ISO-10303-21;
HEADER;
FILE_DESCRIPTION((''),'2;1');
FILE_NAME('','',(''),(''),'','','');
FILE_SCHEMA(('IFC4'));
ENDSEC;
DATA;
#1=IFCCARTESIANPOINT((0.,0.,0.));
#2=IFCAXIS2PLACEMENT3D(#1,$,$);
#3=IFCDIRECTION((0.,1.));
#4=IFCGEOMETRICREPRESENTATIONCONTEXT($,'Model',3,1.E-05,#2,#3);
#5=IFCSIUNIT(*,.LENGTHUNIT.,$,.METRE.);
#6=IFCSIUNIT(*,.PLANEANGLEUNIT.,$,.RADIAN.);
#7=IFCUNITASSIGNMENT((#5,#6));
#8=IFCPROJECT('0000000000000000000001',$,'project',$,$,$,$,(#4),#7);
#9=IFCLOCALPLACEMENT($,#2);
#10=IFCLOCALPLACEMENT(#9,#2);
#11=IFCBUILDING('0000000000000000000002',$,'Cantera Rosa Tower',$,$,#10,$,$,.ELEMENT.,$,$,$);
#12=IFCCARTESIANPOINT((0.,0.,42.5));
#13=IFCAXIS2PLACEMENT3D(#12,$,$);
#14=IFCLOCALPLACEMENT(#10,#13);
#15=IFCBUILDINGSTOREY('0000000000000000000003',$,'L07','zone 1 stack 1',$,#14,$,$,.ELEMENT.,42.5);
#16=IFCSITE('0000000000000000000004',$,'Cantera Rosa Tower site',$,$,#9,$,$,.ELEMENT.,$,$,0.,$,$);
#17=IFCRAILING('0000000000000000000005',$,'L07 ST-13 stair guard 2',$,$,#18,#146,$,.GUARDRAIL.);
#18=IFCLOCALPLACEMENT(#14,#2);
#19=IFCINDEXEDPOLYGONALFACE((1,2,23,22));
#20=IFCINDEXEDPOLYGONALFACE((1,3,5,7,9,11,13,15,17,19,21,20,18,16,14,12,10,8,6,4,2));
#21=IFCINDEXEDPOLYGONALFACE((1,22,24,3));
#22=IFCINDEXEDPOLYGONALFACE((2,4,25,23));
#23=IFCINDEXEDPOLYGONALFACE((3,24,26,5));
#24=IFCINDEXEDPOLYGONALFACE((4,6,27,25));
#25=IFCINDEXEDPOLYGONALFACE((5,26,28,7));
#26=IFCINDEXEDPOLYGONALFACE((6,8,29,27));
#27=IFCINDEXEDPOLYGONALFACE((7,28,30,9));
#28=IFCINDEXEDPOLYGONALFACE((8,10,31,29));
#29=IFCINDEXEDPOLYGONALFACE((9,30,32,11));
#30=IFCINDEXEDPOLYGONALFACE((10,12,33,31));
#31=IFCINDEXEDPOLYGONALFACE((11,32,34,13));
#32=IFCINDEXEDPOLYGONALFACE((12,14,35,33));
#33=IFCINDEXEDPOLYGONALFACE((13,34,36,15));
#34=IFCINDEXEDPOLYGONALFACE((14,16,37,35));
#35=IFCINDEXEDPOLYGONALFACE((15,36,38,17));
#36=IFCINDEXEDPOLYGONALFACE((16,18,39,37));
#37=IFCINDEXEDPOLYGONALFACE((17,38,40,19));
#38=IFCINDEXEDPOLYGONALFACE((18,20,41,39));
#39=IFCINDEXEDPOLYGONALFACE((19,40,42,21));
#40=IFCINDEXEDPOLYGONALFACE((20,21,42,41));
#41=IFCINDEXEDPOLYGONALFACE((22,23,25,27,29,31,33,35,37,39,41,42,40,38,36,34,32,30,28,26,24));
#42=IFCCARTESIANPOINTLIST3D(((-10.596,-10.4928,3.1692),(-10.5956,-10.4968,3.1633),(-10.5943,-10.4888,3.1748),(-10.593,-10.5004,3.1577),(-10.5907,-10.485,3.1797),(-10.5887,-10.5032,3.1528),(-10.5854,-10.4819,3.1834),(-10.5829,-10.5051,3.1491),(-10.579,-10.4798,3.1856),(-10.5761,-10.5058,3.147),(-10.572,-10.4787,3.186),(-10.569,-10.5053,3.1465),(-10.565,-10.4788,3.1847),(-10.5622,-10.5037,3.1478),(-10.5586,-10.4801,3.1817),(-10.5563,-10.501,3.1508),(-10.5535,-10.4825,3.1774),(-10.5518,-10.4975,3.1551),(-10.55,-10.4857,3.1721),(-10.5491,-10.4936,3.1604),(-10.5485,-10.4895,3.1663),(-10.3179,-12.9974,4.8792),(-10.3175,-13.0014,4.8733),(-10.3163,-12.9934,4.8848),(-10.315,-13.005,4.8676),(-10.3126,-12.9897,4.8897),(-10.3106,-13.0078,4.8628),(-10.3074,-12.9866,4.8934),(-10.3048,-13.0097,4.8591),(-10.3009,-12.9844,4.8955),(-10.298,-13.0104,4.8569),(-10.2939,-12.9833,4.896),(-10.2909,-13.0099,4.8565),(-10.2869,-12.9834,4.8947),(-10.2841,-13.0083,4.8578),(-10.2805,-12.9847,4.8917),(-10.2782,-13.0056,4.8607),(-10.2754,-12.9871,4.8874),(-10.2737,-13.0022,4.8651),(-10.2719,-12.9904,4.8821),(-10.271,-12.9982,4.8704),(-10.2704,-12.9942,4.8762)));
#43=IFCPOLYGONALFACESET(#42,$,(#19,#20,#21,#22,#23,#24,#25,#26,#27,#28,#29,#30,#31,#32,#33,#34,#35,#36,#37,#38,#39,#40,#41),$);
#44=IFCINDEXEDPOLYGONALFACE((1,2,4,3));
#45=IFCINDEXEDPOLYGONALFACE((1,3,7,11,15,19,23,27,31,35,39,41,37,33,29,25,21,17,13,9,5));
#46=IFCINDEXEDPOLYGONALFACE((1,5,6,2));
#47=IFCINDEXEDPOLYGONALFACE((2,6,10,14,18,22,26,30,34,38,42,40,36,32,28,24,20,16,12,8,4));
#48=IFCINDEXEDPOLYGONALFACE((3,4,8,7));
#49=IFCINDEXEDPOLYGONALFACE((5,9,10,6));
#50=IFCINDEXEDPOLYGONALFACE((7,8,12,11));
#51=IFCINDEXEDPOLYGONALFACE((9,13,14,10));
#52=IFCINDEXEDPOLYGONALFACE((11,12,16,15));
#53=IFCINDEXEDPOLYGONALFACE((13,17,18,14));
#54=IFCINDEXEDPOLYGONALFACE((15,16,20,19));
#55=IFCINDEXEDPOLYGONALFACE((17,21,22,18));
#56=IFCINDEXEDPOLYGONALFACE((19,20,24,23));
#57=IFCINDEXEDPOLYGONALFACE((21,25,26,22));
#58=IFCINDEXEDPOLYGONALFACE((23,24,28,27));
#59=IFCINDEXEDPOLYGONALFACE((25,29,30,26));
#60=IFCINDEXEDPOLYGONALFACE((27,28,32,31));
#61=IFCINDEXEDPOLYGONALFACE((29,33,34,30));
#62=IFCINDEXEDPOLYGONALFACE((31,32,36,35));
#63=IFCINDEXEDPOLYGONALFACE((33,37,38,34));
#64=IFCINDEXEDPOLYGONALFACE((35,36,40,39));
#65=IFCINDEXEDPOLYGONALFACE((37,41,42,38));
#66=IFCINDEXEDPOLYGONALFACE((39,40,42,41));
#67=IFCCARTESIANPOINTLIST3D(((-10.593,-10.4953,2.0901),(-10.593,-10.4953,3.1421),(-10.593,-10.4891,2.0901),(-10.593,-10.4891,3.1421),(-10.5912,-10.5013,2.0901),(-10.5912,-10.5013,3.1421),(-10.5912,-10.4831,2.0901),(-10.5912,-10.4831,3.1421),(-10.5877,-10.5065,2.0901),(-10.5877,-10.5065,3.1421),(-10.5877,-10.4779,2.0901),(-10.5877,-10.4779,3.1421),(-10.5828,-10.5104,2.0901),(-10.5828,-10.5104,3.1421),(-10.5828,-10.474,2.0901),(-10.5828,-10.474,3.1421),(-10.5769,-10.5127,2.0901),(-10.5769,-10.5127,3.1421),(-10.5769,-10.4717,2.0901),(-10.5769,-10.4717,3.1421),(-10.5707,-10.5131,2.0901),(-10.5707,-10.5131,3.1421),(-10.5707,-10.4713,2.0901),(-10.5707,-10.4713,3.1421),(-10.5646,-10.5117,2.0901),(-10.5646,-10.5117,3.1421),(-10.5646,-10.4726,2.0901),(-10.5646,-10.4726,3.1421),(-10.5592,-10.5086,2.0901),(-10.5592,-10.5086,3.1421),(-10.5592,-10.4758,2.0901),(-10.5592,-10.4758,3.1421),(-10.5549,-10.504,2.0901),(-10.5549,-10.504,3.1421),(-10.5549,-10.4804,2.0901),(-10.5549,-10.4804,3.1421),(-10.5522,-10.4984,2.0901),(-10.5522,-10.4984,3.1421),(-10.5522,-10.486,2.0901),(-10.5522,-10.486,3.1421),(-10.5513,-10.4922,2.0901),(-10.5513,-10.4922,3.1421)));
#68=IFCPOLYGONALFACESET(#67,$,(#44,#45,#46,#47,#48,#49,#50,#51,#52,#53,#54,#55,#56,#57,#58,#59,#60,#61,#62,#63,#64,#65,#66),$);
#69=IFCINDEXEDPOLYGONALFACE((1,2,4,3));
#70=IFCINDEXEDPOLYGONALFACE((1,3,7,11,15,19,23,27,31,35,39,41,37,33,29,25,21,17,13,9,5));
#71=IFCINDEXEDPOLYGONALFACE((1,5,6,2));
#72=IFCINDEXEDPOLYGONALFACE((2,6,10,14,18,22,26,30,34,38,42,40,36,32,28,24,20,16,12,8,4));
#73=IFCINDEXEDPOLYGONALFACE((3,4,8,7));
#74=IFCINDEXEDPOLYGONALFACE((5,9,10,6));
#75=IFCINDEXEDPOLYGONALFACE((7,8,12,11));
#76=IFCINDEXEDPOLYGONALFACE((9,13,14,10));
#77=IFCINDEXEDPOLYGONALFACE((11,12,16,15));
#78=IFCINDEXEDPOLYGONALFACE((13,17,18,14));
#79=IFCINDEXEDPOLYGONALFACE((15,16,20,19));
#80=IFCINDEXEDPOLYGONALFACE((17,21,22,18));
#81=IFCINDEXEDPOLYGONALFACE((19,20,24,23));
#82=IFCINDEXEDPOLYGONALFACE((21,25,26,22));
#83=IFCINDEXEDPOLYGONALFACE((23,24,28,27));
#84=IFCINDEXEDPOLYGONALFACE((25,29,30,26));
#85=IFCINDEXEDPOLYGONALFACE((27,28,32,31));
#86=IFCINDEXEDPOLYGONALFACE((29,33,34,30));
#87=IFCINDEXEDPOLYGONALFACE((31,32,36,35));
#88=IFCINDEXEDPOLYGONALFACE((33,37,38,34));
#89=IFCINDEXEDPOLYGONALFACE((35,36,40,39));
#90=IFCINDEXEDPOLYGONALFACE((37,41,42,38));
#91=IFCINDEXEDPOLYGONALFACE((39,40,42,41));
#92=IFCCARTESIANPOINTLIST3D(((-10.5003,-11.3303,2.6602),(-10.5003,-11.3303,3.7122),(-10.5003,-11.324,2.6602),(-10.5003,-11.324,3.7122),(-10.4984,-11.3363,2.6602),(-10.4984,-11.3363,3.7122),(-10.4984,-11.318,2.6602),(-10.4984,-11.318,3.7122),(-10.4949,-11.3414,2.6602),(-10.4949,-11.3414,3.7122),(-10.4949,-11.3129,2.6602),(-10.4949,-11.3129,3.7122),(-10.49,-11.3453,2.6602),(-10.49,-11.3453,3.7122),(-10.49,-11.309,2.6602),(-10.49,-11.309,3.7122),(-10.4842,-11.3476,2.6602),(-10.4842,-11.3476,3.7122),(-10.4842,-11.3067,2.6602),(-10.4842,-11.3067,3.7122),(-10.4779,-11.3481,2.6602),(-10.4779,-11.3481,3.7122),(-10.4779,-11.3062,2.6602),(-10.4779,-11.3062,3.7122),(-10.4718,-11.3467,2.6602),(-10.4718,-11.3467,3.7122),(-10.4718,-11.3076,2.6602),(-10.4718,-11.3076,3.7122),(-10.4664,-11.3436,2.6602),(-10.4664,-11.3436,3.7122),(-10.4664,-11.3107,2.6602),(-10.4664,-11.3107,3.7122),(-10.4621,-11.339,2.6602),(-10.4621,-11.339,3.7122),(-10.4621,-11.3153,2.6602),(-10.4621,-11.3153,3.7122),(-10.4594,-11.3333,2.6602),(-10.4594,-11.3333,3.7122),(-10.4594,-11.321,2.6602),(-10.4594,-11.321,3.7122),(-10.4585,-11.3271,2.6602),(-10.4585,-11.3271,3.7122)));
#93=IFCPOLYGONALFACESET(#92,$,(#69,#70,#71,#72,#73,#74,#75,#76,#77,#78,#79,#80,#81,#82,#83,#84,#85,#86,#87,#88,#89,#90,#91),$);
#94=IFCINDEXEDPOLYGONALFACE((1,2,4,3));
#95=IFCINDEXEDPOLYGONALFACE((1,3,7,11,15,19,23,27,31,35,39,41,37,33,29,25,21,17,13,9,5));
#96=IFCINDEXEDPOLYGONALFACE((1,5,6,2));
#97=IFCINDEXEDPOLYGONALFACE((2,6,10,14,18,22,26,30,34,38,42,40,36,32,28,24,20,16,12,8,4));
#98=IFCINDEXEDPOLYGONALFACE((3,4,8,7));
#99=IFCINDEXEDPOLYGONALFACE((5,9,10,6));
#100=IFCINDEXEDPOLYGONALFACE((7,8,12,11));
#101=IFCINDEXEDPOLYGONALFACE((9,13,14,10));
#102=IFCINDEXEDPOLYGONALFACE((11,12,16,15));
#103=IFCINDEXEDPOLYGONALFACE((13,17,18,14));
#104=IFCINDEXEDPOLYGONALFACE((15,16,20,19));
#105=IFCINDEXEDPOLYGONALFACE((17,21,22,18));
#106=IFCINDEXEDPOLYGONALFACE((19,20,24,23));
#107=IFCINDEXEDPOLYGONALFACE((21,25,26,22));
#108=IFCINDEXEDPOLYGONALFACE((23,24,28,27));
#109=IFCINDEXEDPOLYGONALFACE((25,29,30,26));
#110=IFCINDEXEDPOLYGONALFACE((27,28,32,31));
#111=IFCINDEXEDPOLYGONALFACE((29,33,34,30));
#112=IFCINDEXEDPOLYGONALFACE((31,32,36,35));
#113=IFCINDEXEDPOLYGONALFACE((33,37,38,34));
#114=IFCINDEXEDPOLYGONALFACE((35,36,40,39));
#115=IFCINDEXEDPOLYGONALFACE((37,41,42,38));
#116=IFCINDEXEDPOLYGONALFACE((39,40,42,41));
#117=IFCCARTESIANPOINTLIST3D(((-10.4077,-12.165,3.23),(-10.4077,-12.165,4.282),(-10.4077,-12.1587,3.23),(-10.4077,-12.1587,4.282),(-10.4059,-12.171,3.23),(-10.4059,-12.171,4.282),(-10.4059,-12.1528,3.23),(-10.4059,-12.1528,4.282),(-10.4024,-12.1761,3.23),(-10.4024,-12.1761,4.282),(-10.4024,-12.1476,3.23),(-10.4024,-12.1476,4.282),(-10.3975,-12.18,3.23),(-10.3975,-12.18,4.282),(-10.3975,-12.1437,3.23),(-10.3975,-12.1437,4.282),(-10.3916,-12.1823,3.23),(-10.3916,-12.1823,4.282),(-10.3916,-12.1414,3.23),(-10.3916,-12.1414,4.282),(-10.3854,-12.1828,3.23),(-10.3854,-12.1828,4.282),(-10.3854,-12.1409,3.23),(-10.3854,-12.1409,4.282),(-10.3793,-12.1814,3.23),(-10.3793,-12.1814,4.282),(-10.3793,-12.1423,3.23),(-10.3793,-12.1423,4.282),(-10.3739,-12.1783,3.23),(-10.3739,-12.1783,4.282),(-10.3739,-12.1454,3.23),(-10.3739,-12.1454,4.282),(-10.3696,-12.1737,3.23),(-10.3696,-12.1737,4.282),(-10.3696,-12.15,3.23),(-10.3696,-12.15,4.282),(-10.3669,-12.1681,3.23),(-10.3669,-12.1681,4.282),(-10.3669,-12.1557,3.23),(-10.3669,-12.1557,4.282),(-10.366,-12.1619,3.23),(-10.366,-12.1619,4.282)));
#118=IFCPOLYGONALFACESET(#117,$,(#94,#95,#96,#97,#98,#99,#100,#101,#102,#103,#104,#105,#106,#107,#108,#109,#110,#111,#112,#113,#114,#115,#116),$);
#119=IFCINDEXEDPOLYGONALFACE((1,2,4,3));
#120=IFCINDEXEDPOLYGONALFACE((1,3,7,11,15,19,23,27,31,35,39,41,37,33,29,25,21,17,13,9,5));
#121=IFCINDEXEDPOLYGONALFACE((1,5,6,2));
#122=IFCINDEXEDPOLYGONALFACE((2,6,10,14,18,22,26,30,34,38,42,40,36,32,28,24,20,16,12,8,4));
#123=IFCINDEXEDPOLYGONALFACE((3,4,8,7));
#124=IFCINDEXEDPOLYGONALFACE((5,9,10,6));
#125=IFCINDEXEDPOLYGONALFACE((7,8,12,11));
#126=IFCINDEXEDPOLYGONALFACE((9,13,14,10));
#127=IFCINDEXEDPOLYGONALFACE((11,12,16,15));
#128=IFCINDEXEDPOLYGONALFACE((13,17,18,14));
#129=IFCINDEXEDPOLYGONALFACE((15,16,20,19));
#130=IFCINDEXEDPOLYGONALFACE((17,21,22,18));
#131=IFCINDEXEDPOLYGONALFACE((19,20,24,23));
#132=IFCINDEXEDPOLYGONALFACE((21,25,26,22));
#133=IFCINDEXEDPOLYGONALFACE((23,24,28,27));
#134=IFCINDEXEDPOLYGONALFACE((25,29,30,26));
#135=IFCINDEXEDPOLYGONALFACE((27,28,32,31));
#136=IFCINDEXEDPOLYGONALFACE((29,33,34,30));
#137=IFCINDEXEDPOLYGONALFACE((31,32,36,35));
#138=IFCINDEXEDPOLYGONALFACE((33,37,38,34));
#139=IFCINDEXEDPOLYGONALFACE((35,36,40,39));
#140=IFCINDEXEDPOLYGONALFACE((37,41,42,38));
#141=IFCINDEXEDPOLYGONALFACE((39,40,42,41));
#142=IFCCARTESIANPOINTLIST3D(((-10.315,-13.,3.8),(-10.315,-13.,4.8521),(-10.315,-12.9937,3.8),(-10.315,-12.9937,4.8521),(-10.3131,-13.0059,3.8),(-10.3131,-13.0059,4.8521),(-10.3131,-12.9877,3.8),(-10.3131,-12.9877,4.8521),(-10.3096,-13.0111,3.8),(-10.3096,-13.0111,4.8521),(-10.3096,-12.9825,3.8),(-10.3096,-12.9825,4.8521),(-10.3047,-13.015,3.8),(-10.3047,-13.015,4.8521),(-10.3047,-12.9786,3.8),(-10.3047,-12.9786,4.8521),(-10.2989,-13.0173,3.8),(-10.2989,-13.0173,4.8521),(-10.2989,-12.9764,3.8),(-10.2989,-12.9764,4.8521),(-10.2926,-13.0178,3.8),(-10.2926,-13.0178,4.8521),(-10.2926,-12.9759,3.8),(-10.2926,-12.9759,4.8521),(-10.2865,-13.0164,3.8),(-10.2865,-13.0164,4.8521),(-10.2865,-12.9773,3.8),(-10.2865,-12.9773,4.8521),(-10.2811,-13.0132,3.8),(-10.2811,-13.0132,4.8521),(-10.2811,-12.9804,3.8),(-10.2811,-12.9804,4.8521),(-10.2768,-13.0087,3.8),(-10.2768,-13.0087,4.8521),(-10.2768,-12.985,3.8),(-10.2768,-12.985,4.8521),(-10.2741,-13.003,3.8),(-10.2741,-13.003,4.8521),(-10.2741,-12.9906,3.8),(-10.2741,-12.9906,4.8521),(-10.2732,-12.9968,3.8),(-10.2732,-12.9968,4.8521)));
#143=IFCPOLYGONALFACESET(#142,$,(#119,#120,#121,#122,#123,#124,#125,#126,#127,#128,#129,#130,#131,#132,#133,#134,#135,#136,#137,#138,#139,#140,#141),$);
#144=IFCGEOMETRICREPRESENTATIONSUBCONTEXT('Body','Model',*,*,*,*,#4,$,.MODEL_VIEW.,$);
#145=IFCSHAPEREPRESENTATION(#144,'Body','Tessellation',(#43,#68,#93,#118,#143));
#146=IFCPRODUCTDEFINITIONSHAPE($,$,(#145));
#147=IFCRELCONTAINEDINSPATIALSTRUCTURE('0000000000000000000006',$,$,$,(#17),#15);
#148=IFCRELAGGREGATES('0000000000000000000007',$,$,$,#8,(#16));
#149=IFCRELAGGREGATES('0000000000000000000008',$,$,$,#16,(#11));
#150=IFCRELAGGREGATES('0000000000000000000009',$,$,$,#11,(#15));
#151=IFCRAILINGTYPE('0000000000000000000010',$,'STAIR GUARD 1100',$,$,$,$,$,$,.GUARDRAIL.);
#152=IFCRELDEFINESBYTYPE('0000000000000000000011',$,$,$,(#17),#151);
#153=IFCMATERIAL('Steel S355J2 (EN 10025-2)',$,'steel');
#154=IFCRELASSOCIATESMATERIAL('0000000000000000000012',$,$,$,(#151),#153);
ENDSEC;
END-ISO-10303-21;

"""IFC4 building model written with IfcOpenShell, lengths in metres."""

from ifc_helpers import new_model, si_unit, direction, frame, origin, origin_2d, place, context, subcontext, project, spatial, circle, extrude, material, type_object, element, save


model = new_model("IFC4")

# Units and contexts
model_context = context("Model", 3, precision=1e-05, world=origin(), true_north=direction((0.0, 1.0)))
body_context = subcontext(model_context, "Body", "Model", "MODEL_VIEW")
ifc_project = project(units=[si_unit("LENGTHUNIT", "METRE"), si_unit("PLANEANGLEUNIT", "RADIAN")], contexts=[model_context])

# Site, building, storey
site_placement = place(None, origin())
site = spatial("IfcSite", under=ifc_project, at=site_placement, Name="Cantera Rosa Tower site", CompositionType="ELEMENT", RefElevation=0.0)
building_placement = place(site_placement, origin())
building = spatial("IfcBuilding", under=site, at=building_placement, Name="Cantera Rosa Tower", CompositionType="ELEMENT")
storey_placement = place(building_placement, frame((0.0, 0.0, 42.5)))
storey = spatial("IfcBuildingStorey", under=building, at=storey_placement, Name="L07", Description="zone 1 stack 1", CompositionType="ELEMENT", Elevation=42.5)

# Railing
ifc_material_1 = material(Name="Steel S355J2 (EN 10025-2)", Category="steel")
railing_type_1 = type_object("IfcRailingType", Name="STAIR GUARD 1100", PredefinedType="GUARDRAIL", material=ifc_material_1)
railing_1_placement = place(storey_placement, frame((-10.5723, -10.4922, 2.0901)))
element("IfcRailing", 1, at=railing_1_placement, inside=storey, type_object=railing_type_1, Name="L07 ST-13 stair guard 2", PredefinedType="GUARDRAIL", context=body_context, shape_type="SweptSolid", body=[
    extrude(circle(Radius=0.0239, at=origin_2d()), frame((0.0, 0.0, 1.0762), z_axis=(0.09131, -0.822431, 0.561488), x_axis=(0.993893, 0.110346, 0.0)), (0.0, 0.0, 1.0), 3.0454),
    extrude(circle(Radius=0.021, at=origin_2d()), origin(), (0.0, 0.0, 1.0), 1.052),
    extrude(circle(Radius=0.021, at=origin_2d()), frame((0.0928, -0.835, 0.5701)), (0.0, 0.0, 1.0), 1.052),
    extrude(circle(Radius=0.021, at=origin_2d()), frame((0.1853, -1.6697, 1.1399)), (0.0, 0.0, 1.0), 1.052),
    extrude(circle(Radius=0.021, at=origin_2d()), frame((0.2781, -2.5046, 1.71)), (0.0, 0.0, 1.0), 1.052),
])

save(model, "model.ifc")
